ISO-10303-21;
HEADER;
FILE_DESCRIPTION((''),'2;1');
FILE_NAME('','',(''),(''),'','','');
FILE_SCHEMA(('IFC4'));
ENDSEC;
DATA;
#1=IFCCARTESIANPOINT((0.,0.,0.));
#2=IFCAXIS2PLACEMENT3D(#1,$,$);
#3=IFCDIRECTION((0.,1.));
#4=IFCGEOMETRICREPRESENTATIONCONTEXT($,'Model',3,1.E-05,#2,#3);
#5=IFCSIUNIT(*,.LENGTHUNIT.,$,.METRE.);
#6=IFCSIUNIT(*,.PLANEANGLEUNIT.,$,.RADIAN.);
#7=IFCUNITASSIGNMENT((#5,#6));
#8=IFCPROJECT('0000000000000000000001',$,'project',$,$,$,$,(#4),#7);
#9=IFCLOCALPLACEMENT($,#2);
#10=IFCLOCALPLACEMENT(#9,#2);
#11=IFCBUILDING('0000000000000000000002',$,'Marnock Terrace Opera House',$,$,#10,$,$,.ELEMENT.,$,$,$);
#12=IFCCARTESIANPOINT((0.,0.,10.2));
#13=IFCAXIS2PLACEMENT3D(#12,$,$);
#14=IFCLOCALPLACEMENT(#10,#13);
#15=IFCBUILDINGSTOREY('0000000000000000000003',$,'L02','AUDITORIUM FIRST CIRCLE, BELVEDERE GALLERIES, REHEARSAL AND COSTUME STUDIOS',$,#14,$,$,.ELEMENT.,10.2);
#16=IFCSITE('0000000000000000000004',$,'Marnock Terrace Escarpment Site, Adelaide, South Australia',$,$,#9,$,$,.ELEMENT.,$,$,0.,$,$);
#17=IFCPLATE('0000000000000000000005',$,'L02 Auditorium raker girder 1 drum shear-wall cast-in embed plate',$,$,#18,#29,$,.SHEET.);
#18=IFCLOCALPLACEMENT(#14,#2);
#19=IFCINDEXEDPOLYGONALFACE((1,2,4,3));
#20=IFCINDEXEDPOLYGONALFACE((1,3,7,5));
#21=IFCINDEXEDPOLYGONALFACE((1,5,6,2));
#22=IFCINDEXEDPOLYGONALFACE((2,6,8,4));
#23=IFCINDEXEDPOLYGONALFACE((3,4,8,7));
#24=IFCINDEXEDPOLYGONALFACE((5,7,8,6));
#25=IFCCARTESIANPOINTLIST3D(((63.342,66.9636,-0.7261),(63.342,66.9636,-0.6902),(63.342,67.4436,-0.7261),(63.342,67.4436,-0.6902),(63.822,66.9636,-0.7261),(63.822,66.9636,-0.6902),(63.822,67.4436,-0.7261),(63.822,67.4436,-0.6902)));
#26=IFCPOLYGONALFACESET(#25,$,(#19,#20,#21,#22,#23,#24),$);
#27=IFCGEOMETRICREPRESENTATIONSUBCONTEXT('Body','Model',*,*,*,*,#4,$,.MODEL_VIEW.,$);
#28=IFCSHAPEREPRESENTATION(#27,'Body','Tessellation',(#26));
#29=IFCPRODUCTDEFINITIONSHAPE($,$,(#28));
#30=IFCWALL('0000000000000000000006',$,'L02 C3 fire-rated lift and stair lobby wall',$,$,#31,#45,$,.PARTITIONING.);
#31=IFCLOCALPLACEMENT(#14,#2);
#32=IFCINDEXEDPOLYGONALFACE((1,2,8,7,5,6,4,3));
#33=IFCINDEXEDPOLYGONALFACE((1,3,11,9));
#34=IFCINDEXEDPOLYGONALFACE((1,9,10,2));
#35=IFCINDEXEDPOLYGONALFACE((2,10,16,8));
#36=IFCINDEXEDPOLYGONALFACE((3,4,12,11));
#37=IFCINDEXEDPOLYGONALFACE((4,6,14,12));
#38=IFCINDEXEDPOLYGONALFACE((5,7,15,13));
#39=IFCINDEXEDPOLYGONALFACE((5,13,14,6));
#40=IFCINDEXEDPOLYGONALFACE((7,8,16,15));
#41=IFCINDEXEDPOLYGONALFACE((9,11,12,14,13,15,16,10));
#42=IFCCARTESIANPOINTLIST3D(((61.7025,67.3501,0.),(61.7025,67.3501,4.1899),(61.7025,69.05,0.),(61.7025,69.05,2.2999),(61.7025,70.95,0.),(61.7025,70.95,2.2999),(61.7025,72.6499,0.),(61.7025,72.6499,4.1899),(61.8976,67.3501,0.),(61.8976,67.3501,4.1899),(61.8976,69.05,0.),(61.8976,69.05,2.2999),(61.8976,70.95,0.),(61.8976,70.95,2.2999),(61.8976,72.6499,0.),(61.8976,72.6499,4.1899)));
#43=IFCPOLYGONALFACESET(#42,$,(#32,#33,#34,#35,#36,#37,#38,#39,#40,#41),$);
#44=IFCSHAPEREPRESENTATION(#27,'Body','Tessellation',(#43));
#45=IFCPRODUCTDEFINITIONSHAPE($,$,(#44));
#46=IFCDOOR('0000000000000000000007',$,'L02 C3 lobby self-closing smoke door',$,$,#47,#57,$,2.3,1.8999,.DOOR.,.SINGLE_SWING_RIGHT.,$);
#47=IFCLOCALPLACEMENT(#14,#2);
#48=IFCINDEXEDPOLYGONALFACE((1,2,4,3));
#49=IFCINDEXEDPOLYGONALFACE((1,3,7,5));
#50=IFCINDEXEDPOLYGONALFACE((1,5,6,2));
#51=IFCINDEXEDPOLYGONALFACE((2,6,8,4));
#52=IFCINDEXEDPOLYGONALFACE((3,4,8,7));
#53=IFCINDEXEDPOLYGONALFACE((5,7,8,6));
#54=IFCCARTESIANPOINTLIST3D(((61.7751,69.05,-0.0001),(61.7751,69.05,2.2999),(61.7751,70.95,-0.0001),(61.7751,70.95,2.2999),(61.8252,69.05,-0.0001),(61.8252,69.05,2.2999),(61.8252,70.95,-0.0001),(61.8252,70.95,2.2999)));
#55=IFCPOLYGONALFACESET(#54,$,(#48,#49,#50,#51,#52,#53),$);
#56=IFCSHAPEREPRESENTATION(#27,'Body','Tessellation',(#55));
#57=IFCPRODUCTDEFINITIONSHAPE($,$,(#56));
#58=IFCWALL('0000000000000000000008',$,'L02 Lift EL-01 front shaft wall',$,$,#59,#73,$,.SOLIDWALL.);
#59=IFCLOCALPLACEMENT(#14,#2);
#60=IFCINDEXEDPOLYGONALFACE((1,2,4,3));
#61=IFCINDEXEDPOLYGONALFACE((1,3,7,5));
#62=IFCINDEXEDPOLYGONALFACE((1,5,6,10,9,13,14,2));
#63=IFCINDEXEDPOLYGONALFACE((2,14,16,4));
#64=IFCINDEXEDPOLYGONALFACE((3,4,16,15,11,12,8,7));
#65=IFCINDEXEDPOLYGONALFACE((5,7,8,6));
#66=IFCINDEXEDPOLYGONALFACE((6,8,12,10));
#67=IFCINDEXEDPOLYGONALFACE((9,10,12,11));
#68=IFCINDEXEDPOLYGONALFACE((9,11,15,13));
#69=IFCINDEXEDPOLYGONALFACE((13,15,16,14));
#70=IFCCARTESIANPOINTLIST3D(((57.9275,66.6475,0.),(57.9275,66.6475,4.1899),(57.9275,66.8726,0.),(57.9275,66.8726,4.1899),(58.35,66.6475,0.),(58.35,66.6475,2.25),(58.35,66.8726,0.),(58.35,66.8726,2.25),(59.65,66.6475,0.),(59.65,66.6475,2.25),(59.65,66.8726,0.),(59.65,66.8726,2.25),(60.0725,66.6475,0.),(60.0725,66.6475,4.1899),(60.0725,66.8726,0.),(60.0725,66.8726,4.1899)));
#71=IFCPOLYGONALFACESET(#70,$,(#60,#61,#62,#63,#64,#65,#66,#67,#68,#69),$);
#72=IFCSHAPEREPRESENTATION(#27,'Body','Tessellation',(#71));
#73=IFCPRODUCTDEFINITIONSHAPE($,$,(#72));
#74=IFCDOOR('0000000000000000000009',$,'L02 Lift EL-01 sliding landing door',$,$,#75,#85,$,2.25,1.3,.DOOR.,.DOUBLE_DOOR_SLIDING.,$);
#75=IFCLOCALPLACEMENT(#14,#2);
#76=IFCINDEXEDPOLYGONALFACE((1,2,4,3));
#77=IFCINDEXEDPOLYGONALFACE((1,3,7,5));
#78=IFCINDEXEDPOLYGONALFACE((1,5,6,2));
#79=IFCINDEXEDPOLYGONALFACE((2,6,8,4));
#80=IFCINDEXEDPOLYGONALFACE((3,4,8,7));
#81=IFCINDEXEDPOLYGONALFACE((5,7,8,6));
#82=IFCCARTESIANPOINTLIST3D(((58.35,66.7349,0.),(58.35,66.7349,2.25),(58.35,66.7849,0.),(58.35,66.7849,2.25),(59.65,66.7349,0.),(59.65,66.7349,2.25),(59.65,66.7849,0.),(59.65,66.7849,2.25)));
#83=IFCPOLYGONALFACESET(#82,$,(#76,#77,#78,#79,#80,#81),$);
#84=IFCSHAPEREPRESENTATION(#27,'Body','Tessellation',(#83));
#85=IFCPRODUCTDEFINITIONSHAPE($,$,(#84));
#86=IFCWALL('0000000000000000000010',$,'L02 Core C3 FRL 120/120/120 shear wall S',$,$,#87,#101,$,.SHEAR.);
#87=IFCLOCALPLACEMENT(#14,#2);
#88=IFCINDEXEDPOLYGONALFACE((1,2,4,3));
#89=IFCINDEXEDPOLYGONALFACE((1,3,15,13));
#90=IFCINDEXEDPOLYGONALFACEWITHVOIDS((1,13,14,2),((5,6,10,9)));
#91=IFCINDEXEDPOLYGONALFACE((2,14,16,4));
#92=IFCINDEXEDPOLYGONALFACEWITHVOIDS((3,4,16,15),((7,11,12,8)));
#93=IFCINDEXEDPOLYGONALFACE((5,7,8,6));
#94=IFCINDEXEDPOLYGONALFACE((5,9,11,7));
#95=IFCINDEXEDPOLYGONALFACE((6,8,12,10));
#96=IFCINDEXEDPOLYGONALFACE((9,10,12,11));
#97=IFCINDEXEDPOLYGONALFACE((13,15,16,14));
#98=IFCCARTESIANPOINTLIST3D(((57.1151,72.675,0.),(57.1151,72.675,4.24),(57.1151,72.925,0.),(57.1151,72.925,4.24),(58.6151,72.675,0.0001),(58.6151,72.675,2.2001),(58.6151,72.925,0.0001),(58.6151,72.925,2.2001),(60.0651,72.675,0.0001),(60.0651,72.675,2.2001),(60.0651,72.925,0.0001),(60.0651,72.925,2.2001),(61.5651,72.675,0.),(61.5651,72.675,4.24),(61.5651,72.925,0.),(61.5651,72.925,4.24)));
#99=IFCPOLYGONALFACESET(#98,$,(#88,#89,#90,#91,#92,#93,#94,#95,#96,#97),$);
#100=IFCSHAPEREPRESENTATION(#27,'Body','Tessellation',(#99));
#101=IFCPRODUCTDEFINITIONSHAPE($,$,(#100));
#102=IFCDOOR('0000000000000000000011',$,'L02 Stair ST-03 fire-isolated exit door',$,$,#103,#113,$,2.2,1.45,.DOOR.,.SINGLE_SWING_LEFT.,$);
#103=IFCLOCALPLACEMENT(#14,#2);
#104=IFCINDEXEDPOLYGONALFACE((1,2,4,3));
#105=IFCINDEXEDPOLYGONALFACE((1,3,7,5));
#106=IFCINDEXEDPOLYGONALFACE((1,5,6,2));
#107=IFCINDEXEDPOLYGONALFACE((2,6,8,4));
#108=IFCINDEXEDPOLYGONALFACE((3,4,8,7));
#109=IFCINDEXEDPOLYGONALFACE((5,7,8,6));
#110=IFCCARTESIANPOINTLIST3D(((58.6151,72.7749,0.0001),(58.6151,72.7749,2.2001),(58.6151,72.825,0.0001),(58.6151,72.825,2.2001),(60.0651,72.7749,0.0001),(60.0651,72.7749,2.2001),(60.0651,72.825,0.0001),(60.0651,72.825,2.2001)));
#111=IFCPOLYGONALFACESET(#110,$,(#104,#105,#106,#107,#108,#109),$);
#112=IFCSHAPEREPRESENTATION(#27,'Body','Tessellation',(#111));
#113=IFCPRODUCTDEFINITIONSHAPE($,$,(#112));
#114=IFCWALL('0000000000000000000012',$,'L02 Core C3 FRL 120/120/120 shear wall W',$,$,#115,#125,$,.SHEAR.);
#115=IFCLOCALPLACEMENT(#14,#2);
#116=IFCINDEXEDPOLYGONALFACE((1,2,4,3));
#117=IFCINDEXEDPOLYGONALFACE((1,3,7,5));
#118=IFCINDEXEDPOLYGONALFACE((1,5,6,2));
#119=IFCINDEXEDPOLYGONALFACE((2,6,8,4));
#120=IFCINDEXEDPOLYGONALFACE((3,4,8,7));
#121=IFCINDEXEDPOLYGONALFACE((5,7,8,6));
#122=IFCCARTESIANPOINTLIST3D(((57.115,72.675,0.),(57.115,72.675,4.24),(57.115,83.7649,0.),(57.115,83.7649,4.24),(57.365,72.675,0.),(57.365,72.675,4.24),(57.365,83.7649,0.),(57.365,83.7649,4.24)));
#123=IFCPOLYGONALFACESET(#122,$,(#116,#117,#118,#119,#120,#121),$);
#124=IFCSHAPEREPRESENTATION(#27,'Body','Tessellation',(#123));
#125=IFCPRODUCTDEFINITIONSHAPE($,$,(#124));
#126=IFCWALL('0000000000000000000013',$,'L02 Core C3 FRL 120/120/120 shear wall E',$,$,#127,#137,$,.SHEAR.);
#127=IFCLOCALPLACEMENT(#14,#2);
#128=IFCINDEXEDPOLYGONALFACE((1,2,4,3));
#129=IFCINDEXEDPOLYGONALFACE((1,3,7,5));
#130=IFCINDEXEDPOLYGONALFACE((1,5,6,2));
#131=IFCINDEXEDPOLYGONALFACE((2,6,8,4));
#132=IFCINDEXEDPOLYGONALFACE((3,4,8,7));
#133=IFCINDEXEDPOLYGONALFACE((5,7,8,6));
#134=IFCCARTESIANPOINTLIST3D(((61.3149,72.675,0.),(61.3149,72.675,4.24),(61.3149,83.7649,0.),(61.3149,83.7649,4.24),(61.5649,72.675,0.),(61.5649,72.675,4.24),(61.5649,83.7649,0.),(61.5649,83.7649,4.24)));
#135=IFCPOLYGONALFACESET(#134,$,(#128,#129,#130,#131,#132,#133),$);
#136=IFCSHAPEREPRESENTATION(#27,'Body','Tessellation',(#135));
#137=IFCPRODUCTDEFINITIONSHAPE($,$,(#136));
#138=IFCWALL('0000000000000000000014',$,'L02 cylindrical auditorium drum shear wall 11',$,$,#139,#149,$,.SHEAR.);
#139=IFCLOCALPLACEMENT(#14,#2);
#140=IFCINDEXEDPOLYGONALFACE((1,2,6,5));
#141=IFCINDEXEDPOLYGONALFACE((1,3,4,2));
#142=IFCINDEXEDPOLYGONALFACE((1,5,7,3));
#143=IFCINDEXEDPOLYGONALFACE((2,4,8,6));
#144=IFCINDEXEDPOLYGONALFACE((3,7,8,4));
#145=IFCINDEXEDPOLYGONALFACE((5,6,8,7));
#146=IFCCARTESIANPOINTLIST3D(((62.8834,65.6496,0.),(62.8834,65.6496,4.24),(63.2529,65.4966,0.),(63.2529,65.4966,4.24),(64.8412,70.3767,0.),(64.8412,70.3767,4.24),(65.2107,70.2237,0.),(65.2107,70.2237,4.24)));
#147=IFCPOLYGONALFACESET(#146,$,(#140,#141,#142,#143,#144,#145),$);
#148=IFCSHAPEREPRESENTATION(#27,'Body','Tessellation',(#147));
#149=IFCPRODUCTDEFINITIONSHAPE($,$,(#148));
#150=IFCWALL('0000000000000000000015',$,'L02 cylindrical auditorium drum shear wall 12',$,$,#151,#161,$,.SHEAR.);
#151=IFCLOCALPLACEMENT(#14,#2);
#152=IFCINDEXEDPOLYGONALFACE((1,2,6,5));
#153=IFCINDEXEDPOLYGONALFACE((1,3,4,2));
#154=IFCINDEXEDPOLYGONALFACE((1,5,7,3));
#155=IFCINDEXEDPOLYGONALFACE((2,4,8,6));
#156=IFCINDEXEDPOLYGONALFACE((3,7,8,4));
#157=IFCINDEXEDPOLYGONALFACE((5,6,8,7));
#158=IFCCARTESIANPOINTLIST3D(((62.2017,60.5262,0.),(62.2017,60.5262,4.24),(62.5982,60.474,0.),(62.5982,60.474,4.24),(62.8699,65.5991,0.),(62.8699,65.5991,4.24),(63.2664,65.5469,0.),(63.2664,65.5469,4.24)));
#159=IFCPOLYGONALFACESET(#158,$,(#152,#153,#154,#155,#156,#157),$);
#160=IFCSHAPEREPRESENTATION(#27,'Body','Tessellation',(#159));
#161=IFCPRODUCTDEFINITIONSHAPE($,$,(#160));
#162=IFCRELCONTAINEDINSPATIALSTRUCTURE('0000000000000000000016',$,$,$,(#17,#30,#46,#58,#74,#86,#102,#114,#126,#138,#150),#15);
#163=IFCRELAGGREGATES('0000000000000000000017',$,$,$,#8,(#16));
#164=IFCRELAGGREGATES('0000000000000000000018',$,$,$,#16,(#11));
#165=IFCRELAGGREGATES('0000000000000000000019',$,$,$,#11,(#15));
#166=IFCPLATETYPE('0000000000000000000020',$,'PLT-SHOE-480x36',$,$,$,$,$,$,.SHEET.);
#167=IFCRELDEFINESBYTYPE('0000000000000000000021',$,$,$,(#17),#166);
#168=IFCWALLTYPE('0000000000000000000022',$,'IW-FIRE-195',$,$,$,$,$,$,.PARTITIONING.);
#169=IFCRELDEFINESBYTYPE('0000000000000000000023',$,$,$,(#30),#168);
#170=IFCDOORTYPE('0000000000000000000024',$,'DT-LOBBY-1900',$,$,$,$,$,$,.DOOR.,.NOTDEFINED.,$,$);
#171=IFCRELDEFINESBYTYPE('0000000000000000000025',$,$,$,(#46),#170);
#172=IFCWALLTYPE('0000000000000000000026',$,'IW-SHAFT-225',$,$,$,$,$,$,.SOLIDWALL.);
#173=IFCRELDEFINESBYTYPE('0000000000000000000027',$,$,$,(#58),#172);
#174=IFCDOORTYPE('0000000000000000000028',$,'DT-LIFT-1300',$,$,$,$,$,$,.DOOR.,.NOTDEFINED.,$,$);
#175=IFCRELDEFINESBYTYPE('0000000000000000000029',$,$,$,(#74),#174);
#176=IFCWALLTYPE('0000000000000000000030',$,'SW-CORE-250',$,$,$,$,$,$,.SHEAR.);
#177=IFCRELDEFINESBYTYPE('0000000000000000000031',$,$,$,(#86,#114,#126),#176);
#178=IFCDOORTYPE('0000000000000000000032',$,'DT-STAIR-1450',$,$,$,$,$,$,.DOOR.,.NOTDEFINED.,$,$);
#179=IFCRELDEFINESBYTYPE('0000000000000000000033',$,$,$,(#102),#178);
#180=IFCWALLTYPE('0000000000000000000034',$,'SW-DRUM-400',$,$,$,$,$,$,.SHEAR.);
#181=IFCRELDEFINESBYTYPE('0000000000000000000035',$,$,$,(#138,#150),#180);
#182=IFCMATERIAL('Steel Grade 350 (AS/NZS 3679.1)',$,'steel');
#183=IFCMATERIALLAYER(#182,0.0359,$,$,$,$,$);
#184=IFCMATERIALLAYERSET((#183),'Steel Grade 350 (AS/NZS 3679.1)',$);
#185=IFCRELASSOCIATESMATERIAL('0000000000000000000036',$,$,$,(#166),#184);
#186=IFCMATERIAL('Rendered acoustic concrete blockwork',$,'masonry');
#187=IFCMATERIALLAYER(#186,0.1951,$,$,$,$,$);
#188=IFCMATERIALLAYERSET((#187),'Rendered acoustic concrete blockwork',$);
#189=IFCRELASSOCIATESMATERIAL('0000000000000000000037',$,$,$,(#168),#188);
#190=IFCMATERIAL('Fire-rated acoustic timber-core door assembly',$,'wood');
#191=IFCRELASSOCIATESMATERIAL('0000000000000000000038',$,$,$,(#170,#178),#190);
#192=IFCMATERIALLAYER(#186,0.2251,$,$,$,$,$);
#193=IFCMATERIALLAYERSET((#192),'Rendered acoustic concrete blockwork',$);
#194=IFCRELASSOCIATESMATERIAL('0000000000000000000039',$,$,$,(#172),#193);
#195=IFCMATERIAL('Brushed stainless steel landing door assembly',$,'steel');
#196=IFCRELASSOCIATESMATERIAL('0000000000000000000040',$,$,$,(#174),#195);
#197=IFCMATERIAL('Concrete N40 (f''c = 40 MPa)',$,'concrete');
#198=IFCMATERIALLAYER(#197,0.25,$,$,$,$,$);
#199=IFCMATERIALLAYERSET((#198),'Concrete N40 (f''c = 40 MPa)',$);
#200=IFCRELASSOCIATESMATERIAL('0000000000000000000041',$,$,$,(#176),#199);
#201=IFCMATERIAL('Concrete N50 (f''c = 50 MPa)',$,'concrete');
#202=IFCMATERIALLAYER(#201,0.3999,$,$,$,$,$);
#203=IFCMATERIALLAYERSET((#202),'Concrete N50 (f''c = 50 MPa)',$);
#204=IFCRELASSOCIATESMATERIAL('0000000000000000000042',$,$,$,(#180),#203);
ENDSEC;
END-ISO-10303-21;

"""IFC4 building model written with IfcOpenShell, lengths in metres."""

from ifc_helpers import new_model, si_unit, direction, frame, frame_2d, origin, origin_2d, place, context, subcontext, project, spatial, rectangle, extrude, material, layer, layer_set, type_object, element, fill, save


model = new_model("IFC4")

# Units and contexts
model_context = context("Model", 3, precision=1e-05, world=origin(), true_north=direction((0.0, 1.0)))
body_context = subcontext(model_context, "Body", "Model", "MODEL_VIEW")
ifc_project = project(units=[si_unit("LENGTHUNIT", "METRE"), si_unit("PLANEANGLEUNIT", "RADIAN")], contexts=[model_context])

# Site, building, storey
site_placement = place(None, origin())
site = spatial("IfcSite", under=ifc_project, at=site_placement, Name="Marnock Terrace Escarpment Site, Adelaide, South Australia", CompositionType="ELEMENT", RefElevation=0.0)
building_placement = place(site_placement, origin())
building = spatial("IfcBuilding", under=site, at=building_placement, Name="Marnock Terrace Opera House", CompositionType="ELEMENT")
storey_placement = place(building_placement, frame((0.0, 0.0, 10.2)))
storey = spatial("IfcBuildingStorey", under=building, at=storey_placement, Name="L02", Description="AUDITORIUM FIRST CIRCLE, BELVEDERE GALLERIES, REHEARSAL AND COSTUME STUDIOS", CompositionType="ELEMENT", Elevation=10.2)

# Shared definitions
ifc_material_1 = material(Name="Concrete N50 (f'c = 50 MPa)", Category="concrete")

# Shared definitions
ifc_material_2 = material(Name="Steel Grade 350 (AS/NZS 3679.1)", Category="steel")
ifc_material_3 = material(Name="Concrete N40 (f'c = 40 MPa)", Category="concrete")

# Plate
ifc_layer_1 = layer(ifc_material_2, 0.0359)
ifc_layer_set_1 = layer_set([ifc_layer_1], Name="Steel Grade 350 (AS/NZS 3679.1)")
plate_type = type_object("IfcPlateType", Name="PLT-SHOE-480x36", PredefinedType="SHEET", material=ifc_layer_set_1)
plate_placement = place(storey_placement, frame((63.582, 67.2036, -0.7261), z_axis=(0.0, 0.0, 1.0), x_axis=(1.0, 0.0, 0.0)))
element("IfcPlate", 1, at=plate_placement, inside=storey, type_object=plate_type, Name="L02 Auditorium raker girder 1 drum shear-wall cast-in embed plate", PredefinedType="SHEET", context=body_context, shape_type="SweptSolid", body=[
    extrude(rectangle(XDim=0.48, YDim=0.48, at=origin_2d()), origin(), (0.0, 0.0, 1.0), 0.0359),
])

# Walls, openings, doors
ifc_material_4 = material(Name="Rendered acoustic concrete blockwork", Category="masonry")
ifc_layer_2 = layer(ifc_material_4, 0.1951)
ifc_layer_set_2 = layer_set([ifc_layer_2], Name="Rendered acoustic concrete blockwork")
wall_type_1 = type_object("IfcWallType", Name="IW-FIRE-195", PredefinedType="PARTITIONING", material=ifc_layer_set_2)
wall_1_placement = place(storey_placement, frame((61.8, 67.3501, 0.0), z_axis=(0.0, 0.0, 1.0), x_axis=(0.0, 1.0, 0.0)))
wall_1 = element("IfcWall", 2, at=wall_1_placement, inside=storey, type_object=wall_type_1, Name="L02 C3 fire-rated lift and stair lobby wall", PredefinedType="PARTITIONING", context=body_context, shape_type="SweptSolid", body=[
    extrude(rectangle(XDim=5.2998, YDim=0.1951, at=frame_2d((2.6499, 0.0))), origin(), (0.0, 0.0, 1.0), 4.1899),
])
opening_1_placement = place(wall_1_placement, frame((1.7, 0.0, 0.0)))
opening_1 = element("IfcOpeningElement", 3, at=opening_1_placement, cuts=wall_1, PredefinedType="OPENING", context=body_context, shape_type="SweptSolid", body=[
    extrude(rectangle(XDim=1.8999, YDim=2.3, at=frame_2d((0.95, 1.1499))), frame((0.0, 0.1074, 0.0), z_axis=(0.0, -1.0, 0.0), x_axis=(1.0, 0.0, 0.0)), (0.0, 0.0, 1.0), 0.2151),
])
ifc_material_5 = material(Name="Fire-rated acoustic timber-core door assembly", Category="wood")
door_type_1 = type_object("IfcDoorType", Name="DT-LOBBY-1900", OperationType="NOTDEFINED", PredefinedType="DOOR", material=ifc_material_5)
door_1_placement = place(opening_1_placement, origin())
door_1 = element("IfcDoor", 4, at=door_1_placement, inside=storey, type_object=door_type_1, Name="L02 C3 lobby self-closing smoke door", OperationType="SINGLE_SWING_RIGHT", OverallHeight=2.3, OverallWidth=1.8999, PredefinedType="DOOR", context=body_context, shape_type="SweptSolid", body=[
    extrude(rectangle(XDim=1.8999, YDim=2.3, at=frame_2d((0.95, 1.1499))), frame((0.0, 0.0249, 0.0), z_axis=(0.0, -1.0, 0.0), x_axis=(1.0, 0.0, 0.0)), (0.0, 0.0, 1.0), 0.05),
])
fill(opening_1, door_1)
ifc_layer_3 = layer(ifc_material_4, 0.2251)
ifc_layer_set_3 = layer_set([ifc_layer_3], Name="Rendered acoustic concrete blockwork")
wall_type_2 = type_object("IfcWallType", Name="IW-SHAFT-225", PredefinedType="SOLIDWALL", material=ifc_layer_set_3)
wall_2_placement = place(storey_placement, frame((57.9275, 66.76, 0.0), z_axis=(0.0, 0.0, 1.0), x_axis=(1.0, 0.0, 0.0)))
wall_2 = element("IfcWall", 5, at=wall_2_placement, inside=storey, type_object=wall_type_2, Name="L02 Lift EL-01 front shaft wall", PredefinedType="SOLIDWALL", context=body_context, shape_type="SweptSolid", body=[
    extrude(rectangle(XDim=2.145, YDim=0.2251, at=frame_2d((1.0725, 0.0))), origin(), (0.0, 0.0, 1.0), 4.1899),
])
opening_2_placement = place(wall_2_placement, frame((0.4226, 0.0, 0.0)))
opening_2 = element("IfcOpeningElement", 6, at=opening_2_placement, cuts=wall_2, PredefinedType="OPENING", context=body_context, shape_type="SweptSolid", body=[
    extrude(rectangle(XDim=1.3, YDim=2.25, at=frame_2d((0.6499, 1.125))), frame((0.0, 0.1226, 0.0), z_axis=(0.0, -1.0, 0.0), x_axis=(1.0, 0.0, 0.0)), (0.0, 0.0, 1.0), 0.2451),
])
ifc_material_6 = material(Name="Brushed stainless steel landing door assembly", Category="steel")
door_type_2 = type_object("IfcDoorType", Name="DT-LIFT-1300", OperationType="NOTDEFINED", PredefinedType="DOOR", material=ifc_material_6)
door_2_placement = place(opening_2_placement, origin())
door_2 = element("IfcDoor", 7, at=door_2_placement, inside=storey, type_object=door_type_2, Name="L02 Lift EL-01 sliding landing door", OperationType="DOUBLE_DOOR_SLIDING", OverallHeight=2.25, OverallWidth=1.3, PredefinedType="DOOR", context=body_context, shape_type="SweptSolid", body=[
    extrude(rectangle(XDim=1.3, YDim=2.25, at=frame_2d((0.6499, 1.125))), frame((0.0, 0.0249, 0.0), z_axis=(0.0, -1.0, 0.0), x_axis=(1.0, 0.0, 0.0)), (0.0, 0.0, 1.0), 0.05),
])
fill(opening_2, door_2)
ifc_layer_4 = layer(ifc_material_3, 0.25)
ifc_layer_set_4 = layer_set([ifc_layer_4], Name="Concrete N40 (f'c = 40 MPa)")
wall_type_3 = type_object("IfcWallType", Name="SW-CORE-250", PredefinedType="SHEAR", material=ifc_layer_set_4)
wall_3_placement = place(storey_placement, frame((57.115, 72.8, 0.0), z_axis=(0.0, 0.0, 1.0), x_axis=(1.0, 0.0, 0.0)))
wall_3 = element("IfcWall", 8, at=wall_3_placement, inside=storey, type_object=wall_type_3, Name="L02 Core C3 FRL 120/120/120 shear wall S", PredefinedType="SHEAR", context=body_context, shape_type="SweptSolid", body=[
    extrude(rectangle(XDim=4.45, YDim=0.25, at=frame_2d((2.2251, 0.0))), origin(), (0.0, 0.0, 1.0), 4.24),
])
opening_3_placement = place(wall_3_placement, frame((1.5, 0.0, 0.0)))
opening_3 = element("IfcOpeningElement", 9, at=opening_3_placement, cuts=wall_3, PredefinedType="OPENING", context=body_context, shape_type="SweptSolid", body=[
    extrude(rectangle(XDim=1.45, YDim=2.2, at=frame_2d((0.7251, 1.1001))), frame((0.0, 0.135, 0.0), z_axis=(0.0, -1.0, 0.0), x_axis=(1.0, 0.0, 0.0)), (0.0, 0.0, 1.0), 0.27),
])
door_type_3 = type_object("IfcDoorType", Name="DT-STAIR-1450", OperationType="NOTDEFINED", PredefinedType="DOOR", material=ifc_material_5)
door_3_placement = place(opening_3_placement, origin())
door_3 = element("IfcDoor", 10, at=door_3_placement, inside=storey, type_object=door_type_3, Name="L02 Stair ST-03 fire-isolated exit door", OperationType="SINGLE_SWING_LEFT", OverallHeight=2.2, OverallWidth=1.45, PredefinedType="DOOR", context=body_context, shape_type="SweptSolid", body=[
    extrude(rectangle(XDim=1.45, YDim=2.2, at=frame_2d((0.7251, 1.1001))), frame((0.0, 0.0249, 0.0), z_axis=(0.0, -1.0, 0.0), x_axis=(1.0, 0.0, 0.0)), (0.0, 0.0, 1.0), 0.05),
])
fill(opening_3, door_3)

# Walls
for number, where, z_axis, x_axis, name in (
    (11, (57.24, 72.675, 0.0), (0.0, 0.0, 1.0), (0.0, 1.0, 0.0), "L02 Core C3 FRL 120/120/120 shear wall W"),
    (12, (61.4399, 72.675, 0.0), (0.0, 0.0, 1.0), (0.0, 1.0, 0.0), "L02 Core C3 FRL 120/120/120 shear wall E"),
):
    element("IfcWall", number, at=place(storey_placement, frame(where, z_axis=z_axis, x_axis=x_axis)), inside=storey, type_object=wall_type_3, Name=name, PredefinedType="SHEAR", context=body_context, shape_type="SweptSolid", body=[
        extrude(rectangle(XDim=11.0898, YDim=0.25, at=frame_2d((5.5449, 0.0))), origin(), (0.0, 0.0, 1.0), 4.24),
    ])
ifc_layer_5 = layer(ifc_material_1, 0.3999)
ifc_layer_set_5 = layer_set([ifc_layer_5], Name="Concrete N50 (f'c = 50 MPa)")
wall_type_4 = type_object("IfcWallType", Name="SW-DRUM-400", PredefinedType="SHEAR", material=ifc_layer_set_5)
wall_4_placement = place(storey_placement, frame((65.0259, 70.3, 0.0), z_axis=(0.0, 0.0, 1.0), x_axis=(-0.382643, -0.923896, 0.0)))
element("IfcWall", 13, at=wall_4_placement, inside=storey, type_object=wall_type_4, Name="L02 cylindrical auditorium drum shear wall 11", PredefinedType="SHEAR", context=body_context, shape_type="SweptSolid", body=[
    extrude(rectangle(XDim=5.1165, YDim=0.3999, at=frame_2d((2.5581, 0.0))), origin(), (0.0, 0.0, 1.0), 4.24),
])
wall_5_placement = place(storey_placement, frame((63.0681, 65.573, 0.0), z_axis=(0.0, 0.0, 1.0), x_axis=(-0.130592, -0.991436, 0.0)))
element("IfcWall", 14, at=wall_5_placement, inside=storey, type_object=wall_type_4, Name="L02 cylindrical auditorium drum shear wall 12", PredefinedType="SHEAR", context=body_context, shape_type="SweptSolid", body=[
    extrude(rectangle(XDim=5.1167, YDim=0.3999, at=frame_2d((2.5583, 0.0))), origin(), (0.0, 0.0, 1.0), 4.24),
])

save(model, "model.ifc")
